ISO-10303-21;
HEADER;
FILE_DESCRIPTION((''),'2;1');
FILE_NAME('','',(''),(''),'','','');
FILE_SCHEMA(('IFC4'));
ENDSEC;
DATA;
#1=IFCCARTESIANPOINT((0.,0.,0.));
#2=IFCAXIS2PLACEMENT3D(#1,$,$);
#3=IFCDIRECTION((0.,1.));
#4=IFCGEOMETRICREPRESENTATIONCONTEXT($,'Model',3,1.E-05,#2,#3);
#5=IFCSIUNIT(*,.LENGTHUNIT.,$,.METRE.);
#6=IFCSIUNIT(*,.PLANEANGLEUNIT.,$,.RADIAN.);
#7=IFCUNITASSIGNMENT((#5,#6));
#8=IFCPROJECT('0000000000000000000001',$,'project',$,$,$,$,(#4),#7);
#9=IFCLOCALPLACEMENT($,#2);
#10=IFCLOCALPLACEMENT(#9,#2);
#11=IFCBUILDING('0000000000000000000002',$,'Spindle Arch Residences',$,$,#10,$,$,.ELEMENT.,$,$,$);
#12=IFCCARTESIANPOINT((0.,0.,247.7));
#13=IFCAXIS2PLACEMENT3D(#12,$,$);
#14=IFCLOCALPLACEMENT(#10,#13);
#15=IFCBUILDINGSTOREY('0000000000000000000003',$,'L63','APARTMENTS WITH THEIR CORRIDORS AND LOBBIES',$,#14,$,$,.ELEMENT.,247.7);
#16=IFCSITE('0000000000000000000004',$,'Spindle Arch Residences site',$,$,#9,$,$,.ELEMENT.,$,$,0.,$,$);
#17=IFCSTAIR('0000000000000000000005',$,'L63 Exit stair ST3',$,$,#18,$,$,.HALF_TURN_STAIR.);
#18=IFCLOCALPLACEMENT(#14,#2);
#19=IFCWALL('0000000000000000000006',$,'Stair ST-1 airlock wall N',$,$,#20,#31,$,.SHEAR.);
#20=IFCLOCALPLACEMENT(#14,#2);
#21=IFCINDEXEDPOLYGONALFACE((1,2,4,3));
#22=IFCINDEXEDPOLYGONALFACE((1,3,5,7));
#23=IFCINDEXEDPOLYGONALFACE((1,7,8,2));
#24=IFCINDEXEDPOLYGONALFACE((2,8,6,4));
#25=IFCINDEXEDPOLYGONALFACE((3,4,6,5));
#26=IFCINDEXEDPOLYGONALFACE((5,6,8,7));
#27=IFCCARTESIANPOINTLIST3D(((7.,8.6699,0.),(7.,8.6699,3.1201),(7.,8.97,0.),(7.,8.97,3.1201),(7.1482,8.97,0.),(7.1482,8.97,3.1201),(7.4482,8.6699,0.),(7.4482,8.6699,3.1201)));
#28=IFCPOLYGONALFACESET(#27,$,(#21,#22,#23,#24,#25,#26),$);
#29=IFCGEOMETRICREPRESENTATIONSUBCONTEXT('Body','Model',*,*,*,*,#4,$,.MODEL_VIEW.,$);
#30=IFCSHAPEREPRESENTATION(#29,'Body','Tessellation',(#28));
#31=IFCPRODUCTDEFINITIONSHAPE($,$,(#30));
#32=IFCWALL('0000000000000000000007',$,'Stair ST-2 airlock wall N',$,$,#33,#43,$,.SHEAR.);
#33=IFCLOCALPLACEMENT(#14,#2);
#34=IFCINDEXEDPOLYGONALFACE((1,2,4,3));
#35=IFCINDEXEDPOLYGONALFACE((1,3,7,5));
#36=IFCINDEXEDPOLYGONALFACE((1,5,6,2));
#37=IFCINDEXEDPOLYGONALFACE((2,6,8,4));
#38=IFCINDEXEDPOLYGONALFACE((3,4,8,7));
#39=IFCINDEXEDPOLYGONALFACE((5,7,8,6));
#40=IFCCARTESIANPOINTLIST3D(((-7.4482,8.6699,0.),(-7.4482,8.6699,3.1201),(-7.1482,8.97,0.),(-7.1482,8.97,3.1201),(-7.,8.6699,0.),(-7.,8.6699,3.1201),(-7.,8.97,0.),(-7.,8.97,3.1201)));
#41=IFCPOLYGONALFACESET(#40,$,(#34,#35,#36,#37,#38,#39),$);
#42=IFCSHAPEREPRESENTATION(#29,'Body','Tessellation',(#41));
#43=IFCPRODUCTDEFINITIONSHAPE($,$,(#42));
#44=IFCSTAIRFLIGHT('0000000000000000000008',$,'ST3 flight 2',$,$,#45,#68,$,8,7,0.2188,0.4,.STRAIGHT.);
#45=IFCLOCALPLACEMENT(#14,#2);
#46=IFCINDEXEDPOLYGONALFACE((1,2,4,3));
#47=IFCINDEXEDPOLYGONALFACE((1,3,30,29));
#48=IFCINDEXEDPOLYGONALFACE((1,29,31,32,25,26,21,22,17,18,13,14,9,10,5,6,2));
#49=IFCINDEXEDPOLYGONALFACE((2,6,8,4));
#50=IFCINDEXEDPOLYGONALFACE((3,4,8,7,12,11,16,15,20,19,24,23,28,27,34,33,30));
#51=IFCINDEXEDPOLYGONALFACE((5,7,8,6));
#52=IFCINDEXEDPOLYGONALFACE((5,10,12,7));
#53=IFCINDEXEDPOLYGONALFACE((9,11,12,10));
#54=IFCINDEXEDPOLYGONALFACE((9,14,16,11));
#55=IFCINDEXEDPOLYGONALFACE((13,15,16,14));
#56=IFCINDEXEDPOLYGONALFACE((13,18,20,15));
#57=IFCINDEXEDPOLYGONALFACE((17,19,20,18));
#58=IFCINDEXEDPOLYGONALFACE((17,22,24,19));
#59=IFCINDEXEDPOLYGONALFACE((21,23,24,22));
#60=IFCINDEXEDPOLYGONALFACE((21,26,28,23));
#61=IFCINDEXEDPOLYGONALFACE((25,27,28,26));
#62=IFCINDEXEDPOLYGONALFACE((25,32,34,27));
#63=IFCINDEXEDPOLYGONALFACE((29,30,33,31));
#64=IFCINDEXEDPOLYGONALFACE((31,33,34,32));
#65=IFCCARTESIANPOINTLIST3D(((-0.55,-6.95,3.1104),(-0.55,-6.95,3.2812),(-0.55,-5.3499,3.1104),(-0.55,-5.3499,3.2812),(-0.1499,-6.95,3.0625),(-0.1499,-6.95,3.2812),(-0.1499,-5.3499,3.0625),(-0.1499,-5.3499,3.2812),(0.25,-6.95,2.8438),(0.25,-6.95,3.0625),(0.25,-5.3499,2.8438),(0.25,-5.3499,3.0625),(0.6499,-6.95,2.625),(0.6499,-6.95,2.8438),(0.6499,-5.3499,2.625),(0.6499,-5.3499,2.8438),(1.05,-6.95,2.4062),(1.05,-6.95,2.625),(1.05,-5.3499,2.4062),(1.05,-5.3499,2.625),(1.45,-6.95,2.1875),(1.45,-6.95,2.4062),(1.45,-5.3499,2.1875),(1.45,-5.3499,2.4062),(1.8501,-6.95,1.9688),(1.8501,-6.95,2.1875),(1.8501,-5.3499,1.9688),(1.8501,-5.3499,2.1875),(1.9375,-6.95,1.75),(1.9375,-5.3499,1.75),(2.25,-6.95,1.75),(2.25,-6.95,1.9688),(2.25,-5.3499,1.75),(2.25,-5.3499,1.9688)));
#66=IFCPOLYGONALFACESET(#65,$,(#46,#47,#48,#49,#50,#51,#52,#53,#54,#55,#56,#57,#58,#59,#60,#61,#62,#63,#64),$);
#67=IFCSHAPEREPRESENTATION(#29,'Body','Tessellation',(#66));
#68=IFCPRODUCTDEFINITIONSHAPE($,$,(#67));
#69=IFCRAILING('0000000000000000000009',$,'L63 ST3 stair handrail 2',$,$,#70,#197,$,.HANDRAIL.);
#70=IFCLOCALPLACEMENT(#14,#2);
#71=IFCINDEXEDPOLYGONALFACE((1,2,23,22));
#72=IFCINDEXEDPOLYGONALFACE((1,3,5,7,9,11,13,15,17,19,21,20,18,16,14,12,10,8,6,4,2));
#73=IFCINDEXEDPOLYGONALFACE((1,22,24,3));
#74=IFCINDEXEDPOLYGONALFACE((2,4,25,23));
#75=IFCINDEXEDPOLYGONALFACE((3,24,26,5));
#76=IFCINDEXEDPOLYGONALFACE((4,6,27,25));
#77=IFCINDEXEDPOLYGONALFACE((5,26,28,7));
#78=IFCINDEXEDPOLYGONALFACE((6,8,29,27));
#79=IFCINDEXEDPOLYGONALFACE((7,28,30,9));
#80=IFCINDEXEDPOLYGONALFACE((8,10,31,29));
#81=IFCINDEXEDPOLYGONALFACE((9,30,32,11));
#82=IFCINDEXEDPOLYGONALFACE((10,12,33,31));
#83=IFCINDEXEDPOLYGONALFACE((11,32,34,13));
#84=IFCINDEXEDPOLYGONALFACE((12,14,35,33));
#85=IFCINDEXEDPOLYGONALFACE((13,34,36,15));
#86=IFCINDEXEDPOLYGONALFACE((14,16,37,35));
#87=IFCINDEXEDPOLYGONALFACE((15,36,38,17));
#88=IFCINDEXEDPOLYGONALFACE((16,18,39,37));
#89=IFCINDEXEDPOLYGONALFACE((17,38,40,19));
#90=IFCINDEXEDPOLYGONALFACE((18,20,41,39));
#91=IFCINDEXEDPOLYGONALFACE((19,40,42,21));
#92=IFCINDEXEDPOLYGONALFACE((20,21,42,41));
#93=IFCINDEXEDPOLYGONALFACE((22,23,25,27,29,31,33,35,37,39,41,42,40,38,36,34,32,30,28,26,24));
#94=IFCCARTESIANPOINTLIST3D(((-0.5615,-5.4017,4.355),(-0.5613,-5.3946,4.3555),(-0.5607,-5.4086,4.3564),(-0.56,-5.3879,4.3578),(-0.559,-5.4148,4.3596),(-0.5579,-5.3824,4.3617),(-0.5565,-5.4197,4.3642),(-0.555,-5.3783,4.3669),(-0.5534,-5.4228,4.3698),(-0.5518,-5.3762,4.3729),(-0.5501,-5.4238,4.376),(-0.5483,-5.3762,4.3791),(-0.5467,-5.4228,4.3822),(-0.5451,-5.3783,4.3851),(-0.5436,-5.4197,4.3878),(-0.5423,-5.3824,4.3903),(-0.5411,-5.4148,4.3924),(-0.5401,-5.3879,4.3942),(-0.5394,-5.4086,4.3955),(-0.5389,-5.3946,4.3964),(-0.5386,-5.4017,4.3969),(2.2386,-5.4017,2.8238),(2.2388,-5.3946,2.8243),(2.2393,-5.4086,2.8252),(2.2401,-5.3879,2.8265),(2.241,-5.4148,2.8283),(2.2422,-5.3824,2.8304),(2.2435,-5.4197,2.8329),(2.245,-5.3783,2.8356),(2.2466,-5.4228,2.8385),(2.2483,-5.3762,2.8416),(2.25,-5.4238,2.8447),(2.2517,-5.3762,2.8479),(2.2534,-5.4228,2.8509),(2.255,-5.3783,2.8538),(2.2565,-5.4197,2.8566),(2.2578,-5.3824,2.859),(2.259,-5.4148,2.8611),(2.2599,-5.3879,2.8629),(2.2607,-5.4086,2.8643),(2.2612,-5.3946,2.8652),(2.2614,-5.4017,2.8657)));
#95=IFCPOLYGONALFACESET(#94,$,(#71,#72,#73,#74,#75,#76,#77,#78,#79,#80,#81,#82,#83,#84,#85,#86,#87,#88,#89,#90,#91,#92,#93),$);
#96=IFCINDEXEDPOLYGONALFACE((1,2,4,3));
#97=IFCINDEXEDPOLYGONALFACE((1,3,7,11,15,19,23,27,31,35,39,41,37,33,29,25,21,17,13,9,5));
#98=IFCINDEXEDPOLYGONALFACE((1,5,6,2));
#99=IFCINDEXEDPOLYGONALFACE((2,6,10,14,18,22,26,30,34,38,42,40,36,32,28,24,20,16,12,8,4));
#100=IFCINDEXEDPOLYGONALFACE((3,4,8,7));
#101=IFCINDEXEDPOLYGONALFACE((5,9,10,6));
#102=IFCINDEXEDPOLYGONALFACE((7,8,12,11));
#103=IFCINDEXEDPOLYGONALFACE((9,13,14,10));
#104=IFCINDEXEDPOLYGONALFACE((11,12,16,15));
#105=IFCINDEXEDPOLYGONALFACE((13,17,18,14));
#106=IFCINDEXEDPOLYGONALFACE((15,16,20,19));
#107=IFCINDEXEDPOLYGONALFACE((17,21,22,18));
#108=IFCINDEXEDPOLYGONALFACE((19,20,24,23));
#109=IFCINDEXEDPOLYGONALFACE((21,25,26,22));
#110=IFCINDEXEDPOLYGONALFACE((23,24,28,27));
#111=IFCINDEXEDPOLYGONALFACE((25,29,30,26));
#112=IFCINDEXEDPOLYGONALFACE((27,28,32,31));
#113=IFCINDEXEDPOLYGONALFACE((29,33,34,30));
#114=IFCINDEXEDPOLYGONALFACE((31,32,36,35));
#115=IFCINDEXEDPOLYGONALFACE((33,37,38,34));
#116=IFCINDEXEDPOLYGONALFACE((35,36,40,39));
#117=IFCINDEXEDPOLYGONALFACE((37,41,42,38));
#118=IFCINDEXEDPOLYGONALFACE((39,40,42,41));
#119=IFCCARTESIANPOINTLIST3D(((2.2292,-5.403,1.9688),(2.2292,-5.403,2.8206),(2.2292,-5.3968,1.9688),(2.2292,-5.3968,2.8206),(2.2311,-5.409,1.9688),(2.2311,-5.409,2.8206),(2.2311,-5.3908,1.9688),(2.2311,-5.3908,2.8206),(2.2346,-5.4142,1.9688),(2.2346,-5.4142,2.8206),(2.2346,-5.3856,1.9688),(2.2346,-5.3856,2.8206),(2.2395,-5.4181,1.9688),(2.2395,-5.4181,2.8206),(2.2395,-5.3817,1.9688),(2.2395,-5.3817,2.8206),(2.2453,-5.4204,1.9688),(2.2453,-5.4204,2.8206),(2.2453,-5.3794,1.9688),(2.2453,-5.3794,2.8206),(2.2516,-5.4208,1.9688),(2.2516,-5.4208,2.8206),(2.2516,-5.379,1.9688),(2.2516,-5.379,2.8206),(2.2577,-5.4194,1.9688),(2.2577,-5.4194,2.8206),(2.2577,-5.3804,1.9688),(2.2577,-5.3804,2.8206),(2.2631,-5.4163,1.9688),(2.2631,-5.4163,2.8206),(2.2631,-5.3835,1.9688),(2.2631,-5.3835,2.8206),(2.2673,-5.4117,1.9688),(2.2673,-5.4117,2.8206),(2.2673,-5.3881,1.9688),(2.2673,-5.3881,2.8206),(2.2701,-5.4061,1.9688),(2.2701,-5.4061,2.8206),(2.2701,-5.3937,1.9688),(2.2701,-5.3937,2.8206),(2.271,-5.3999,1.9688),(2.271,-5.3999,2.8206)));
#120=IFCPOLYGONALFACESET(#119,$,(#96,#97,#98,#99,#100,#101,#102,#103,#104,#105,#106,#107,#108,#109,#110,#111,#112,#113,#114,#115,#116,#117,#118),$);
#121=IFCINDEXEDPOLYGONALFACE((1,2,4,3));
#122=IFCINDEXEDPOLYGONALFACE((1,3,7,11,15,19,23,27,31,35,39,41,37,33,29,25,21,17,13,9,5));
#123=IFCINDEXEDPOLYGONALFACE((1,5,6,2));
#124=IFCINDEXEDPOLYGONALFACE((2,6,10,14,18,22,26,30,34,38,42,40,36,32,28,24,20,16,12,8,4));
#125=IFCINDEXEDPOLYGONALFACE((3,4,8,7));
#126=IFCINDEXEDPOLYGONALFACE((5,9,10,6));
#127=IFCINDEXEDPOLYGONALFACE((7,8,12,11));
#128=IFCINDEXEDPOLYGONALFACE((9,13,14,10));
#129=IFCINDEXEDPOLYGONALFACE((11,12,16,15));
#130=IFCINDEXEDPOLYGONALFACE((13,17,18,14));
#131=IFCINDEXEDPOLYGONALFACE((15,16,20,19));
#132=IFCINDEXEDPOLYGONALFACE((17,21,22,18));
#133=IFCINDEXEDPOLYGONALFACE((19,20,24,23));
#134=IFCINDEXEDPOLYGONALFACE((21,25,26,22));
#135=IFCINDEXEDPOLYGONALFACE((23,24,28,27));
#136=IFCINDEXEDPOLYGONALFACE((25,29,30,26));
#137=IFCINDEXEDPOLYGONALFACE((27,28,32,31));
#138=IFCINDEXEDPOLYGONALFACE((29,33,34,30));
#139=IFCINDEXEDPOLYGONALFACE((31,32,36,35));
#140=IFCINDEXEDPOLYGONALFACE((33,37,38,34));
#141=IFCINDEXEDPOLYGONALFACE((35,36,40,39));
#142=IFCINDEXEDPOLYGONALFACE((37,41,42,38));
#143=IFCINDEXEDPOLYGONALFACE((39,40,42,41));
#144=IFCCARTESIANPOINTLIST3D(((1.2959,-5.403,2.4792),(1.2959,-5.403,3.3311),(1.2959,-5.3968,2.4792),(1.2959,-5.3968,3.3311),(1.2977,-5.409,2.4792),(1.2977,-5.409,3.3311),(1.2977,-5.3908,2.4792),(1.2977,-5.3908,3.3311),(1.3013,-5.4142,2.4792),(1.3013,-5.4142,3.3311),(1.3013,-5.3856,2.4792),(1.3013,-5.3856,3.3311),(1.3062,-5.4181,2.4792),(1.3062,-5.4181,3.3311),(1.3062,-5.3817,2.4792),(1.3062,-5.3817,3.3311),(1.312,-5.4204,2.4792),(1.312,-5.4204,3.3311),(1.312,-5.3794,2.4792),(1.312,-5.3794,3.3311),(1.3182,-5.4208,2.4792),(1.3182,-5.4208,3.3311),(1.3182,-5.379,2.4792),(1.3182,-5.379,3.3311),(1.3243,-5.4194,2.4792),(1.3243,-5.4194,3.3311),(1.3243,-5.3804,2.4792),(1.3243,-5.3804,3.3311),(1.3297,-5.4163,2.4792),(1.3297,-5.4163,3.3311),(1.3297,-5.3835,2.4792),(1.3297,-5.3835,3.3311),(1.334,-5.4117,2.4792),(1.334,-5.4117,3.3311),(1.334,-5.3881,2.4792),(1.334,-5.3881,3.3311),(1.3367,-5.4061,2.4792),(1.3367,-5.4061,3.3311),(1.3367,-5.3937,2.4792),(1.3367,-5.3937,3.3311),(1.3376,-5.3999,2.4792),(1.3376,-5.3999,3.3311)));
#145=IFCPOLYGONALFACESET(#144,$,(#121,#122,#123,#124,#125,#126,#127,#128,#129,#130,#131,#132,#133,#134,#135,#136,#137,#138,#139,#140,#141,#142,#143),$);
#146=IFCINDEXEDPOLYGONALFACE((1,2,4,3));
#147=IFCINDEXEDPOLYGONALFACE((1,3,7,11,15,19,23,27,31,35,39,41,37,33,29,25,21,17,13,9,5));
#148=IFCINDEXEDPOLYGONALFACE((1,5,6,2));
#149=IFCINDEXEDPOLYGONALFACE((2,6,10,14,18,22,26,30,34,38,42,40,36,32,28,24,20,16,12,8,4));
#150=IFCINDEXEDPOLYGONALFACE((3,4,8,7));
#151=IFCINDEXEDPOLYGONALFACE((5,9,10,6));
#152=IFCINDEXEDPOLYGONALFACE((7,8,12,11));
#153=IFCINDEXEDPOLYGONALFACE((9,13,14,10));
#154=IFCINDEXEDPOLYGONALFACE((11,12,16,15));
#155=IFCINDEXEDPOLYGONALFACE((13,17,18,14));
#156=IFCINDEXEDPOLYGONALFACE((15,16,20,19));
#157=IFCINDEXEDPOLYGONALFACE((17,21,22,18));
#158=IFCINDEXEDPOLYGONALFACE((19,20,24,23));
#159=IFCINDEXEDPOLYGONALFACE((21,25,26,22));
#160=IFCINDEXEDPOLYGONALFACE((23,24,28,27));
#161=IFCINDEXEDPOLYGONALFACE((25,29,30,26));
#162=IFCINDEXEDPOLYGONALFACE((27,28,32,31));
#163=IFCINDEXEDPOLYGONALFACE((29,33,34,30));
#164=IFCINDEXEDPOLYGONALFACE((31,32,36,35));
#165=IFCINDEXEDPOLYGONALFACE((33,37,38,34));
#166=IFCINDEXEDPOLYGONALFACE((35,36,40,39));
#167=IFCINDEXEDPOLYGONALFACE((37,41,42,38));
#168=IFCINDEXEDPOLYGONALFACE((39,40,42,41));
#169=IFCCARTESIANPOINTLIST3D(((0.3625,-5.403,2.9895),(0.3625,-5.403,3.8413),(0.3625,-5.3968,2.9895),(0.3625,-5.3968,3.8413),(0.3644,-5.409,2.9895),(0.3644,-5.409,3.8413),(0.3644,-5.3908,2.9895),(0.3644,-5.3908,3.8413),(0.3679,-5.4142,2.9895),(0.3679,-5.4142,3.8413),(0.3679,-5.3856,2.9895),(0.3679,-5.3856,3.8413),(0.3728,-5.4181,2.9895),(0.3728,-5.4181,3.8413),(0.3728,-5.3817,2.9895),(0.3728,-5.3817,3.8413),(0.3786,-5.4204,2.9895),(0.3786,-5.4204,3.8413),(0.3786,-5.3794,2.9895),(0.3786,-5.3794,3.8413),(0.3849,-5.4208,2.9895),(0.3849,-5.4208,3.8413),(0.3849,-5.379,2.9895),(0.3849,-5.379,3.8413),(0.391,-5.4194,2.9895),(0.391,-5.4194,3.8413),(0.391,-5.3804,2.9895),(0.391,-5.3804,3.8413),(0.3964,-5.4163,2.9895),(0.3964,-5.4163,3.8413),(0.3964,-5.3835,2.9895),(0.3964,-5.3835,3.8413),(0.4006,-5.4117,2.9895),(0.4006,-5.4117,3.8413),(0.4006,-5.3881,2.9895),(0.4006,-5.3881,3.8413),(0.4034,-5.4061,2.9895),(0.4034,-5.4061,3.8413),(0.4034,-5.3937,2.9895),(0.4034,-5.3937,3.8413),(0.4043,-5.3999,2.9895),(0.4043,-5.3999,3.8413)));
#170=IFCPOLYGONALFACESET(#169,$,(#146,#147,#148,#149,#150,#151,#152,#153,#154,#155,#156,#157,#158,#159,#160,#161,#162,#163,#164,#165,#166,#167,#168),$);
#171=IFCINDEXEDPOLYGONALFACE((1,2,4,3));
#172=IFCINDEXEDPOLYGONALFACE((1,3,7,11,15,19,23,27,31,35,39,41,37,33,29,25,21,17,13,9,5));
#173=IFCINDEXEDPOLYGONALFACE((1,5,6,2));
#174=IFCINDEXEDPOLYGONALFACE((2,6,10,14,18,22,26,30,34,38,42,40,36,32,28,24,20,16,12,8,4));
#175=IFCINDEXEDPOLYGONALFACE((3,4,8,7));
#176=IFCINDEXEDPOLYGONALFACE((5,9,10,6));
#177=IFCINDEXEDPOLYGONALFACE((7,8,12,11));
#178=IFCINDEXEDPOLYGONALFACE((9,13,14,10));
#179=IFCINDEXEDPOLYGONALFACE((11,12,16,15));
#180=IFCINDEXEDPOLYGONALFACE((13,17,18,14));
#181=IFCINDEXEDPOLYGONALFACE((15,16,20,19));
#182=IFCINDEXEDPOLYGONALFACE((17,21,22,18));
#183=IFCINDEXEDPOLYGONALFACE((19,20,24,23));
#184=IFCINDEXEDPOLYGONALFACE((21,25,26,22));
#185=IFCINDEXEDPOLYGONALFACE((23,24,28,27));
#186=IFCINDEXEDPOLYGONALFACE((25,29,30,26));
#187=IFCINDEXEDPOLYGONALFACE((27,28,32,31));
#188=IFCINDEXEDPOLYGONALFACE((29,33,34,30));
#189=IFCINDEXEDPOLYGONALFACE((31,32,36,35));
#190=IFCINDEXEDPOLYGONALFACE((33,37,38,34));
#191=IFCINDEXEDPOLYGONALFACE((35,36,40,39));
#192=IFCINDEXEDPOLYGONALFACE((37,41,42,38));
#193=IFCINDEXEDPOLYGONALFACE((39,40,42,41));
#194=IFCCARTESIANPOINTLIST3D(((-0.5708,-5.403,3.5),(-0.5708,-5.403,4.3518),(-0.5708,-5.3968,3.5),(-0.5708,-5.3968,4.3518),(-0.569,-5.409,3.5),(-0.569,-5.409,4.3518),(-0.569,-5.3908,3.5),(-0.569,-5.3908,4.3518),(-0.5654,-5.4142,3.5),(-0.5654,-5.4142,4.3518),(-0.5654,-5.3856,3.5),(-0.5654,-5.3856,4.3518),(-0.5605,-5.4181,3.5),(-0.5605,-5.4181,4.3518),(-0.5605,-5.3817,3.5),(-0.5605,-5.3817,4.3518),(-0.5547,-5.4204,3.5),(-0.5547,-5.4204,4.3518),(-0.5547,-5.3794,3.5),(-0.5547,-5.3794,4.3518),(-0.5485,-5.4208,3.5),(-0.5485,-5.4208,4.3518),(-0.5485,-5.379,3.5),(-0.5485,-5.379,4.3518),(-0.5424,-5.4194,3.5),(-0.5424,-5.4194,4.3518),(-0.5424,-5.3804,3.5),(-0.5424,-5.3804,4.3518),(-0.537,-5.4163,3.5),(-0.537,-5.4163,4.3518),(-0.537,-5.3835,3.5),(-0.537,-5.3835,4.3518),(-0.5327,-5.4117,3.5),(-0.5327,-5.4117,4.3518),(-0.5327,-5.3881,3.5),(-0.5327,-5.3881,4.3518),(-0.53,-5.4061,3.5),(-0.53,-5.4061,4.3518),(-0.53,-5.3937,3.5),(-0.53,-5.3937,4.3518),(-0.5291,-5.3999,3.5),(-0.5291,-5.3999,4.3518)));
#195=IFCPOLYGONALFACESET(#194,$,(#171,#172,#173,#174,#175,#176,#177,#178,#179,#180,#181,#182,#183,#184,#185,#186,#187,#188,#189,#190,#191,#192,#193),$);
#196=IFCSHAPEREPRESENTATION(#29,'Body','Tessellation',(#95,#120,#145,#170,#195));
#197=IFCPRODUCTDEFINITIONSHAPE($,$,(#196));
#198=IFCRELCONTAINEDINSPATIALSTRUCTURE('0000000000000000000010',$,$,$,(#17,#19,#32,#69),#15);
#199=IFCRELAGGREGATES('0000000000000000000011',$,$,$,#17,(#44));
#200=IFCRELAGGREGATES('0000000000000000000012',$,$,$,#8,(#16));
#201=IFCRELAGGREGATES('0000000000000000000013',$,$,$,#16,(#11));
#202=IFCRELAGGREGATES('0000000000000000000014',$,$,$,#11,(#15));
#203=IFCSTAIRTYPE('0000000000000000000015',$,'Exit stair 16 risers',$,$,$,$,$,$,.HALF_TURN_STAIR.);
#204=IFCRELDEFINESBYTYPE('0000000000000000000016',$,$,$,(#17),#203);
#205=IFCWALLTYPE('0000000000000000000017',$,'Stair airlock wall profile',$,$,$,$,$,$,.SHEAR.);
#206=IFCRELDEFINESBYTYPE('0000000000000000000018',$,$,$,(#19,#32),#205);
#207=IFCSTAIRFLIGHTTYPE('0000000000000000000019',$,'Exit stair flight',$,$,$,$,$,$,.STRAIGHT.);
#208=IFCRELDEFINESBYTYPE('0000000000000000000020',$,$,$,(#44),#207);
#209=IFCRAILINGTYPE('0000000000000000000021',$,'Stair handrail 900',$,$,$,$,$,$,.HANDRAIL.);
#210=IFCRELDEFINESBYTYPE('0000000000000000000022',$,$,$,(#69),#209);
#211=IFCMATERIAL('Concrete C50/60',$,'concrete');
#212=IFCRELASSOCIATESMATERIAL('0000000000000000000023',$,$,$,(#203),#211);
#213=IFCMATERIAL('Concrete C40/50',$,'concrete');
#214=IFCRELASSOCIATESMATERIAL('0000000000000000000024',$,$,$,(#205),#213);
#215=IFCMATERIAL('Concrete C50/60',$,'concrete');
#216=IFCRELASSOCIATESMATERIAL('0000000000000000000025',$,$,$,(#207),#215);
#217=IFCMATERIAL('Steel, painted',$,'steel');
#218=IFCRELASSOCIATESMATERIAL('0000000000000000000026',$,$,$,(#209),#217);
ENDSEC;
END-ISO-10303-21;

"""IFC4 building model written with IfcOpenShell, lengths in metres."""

from ifc_helpers import new_model, si_unit, direction, frame, origin, origin_2d, place, context, subcontext, project, spatial, polyline, circle, outline, extrude, material, type_object, element, aggregate, save


model = new_model("IFC4")

# Units and contexts
model_context = context("Model", 3, precision=1e-05, world=origin(), true_north=direction((0.0, 1.0)))
body_context = subcontext(model_context, "Body", "Model", "MODEL_VIEW")
ifc_project = project(units=[si_unit("LENGTHUNIT", "METRE"), si_unit("PLANEANGLEUNIT", "RADIAN")], contexts=[model_context])

# Site, building, storey
site_placement = place(None, origin())
site = spatial("IfcSite", under=ifc_project, at=site_placement, Name="Spindle Arch Residences site", CompositionType="ELEMENT", RefElevation=0.0)
building_placement = place(site_placement, origin())
building = spatial("IfcBuilding", under=site, at=building_placement, Name="Spindle Arch Residences", CompositionType="ELEMENT")
storey_placement = place(building_placement, frame((0.0, 0.0, 247.7)))
storey = spatial("IfcBuildingStorey", under=building, at=storey_placement, Name="L63", Description="APARTMENTS WITH THEIR CORRIDORS AND LOBBIES", CompositionType="ELEMENT", Elevation=247.7)

# Stair
ifc_material_1 = material(Name="Concrete C50/60", Category="concrete")
stair_type = type_object("IfcStairType", Name="Exit stair 16 risers", PredefinedType="HALF_TURN_STAIR", material=ifc_material_1)
stair_1_placement = place(storey_placement, origin())
stair_1 = element("IfcStair", 1, at=stair_1_placement, inside=storey, type_object=stair_type, Name="L63 Exit stair ST3", PredefinedType="HALF_TURN_STAIR")

# Walls
ifc_material_2 = material(Name="Concrete C40/50", Category="concrete")
wall_type_1 = type_object("IfcWallType", Name="Stair airlock wall profile", PredefinedType="SHEAR", material=ifc_material_2)
wall_1_placement = place(storey_placement, origin())
element("IfcWall", 2, at=wall_1_placement, inside=storey, type_object=wall_type_1, Name="Stair ST-1 airlock wall N", PredefinedType="SHEAR", context=body_context, shape_type="SweptSolid", body=[
    extrude(outline(polyline([(7.4482, 8.6699), (7.0, 8.6699), (7.0, 8.97), (7.1482, 8.97), (7.4482, 8.6699)])), origin(), (0.0, 0.0, 1.0), 3.1201),
])
wall_2_placement = place(storey_placement, origin())
element("IfcWall", 3, at=wall_2_placement, inside=storey, type_object=wall_type_1, Name="Stair ST-2 airlock wall N", PredefinedType="SHEAR", context=body_context, shape_type="SweptSolid", body=[
    extrude(outline(polyline([(-7.1482, 8.97), (-7.0, 8.97), (-7.0, 8.6699), (-7.4482, 8.6699), (-7.1482, 8.97)])), origin(), (0.0, 0.0, 1.0), 3.1201),
])

# Stair flight
ifc_material_3 = material(Name="Concrete C50/60", Category="concrete")
stair_flight_type = type_object("IfcStairFlightType", Name="Exit stair flight", PredefinedType="STRAIGHT", material=ifc_material_3)
stair_flight_placement = place(storey_placement, frame((2.25, -6.1499, 1.75), z_axis=(0.0, 0.0, 1.0), x_axis=(-1.0, 0.0, 0.0)))
stair_flight = element("IfcStairFlight", 4, at=stair_flight_placement, type_object=stair_flight_type, Name="ST3 flight 2", NumberOfRisers=8, NumberOfTreads=7, PredefinedType="STRAIGHT", RiserHeight=0.2188, TreadLength=0.4, context=body_context, shape_type="SweptSolid", body=[
    extrude(outline(polyline([(0.0, 0.0), (0.0, 0.2188), (0.3999, 0.2188), (0.3999, 0.4375), (0.8, 0.4375), (0.8, 0.6562), (1.2, 0.6562), (1.2, 0.875), (1.6001, 0.875), (1.6001, 1.0938), (2.0, 1.0938), (2.0, 1.3125), (2.3999, 1.3125), (2.3999, 1.5312), (2.8, 1.5312), (2.8, 1.75), (2.8, 1.3604), (0.3125, 0.0), (0.0, 0.0)])), frame((0.0, 0.8, 0.0), z_axis=(0.0, -1.0, 0.0), x_axis=(1.0, 0.0, 0.0)), (0.0, 0.0, 1.0), 1.6001),
])
aggregate(stair_1, [stair_flight])

# Railing
ifc_material_4 = material(Name="Steel, painted", Category="steel")
railing_type_1 = type_object("IfcRailingType", Name="Stair handrail 900", PredefinedType="HANDRAIL", material=ifc_material_4)
railing_1_placement = place(storey_placement, frame((2.25, -5.3999, 1.9688)))
element("IfcRailing", 5, at=railing_1_placement, inside=storey, type_object=railing_type_1, Name="L63 ST3 stair handrail 2", PredefinedType="HANDRAIL", context=body_context, shape_type="SweptSolid", body=[
    extrude(circle(Radius=0.0239, at=origin_2d()), frame((0.0, 0.0, 0.876), z_axis=(-0.877375, 0.0, 0.479806), x_axis=(0.0, -1.0, 0.0)), (0.0, 0.0, 1.0), 3.1914),
    extrude(circle(Radius=0.021, at=origin_2d()), origin(), (0.0, 0.0, 1.0), 0.8518),
    extrude(circle(Radius=0.021, at=origin_2d()), frame((-0.9333, 0.0, 0.5105)), (0.0, 0.0, 1.0), 0.8518),
    extrude(circle(Radius=0.021, at=origin_2d()), frame((-1.8667, 0.0, 1.0208)), (0.0, 0.0, 1.0), 0.8518),
    extrude(circle(Radius=0.021, at=origin_2d()), frame((-2.8, 0.0, 1.5312)), (0.0, 0.0, 1.0), 0.8518),
])

save(model, "model.ifc")
